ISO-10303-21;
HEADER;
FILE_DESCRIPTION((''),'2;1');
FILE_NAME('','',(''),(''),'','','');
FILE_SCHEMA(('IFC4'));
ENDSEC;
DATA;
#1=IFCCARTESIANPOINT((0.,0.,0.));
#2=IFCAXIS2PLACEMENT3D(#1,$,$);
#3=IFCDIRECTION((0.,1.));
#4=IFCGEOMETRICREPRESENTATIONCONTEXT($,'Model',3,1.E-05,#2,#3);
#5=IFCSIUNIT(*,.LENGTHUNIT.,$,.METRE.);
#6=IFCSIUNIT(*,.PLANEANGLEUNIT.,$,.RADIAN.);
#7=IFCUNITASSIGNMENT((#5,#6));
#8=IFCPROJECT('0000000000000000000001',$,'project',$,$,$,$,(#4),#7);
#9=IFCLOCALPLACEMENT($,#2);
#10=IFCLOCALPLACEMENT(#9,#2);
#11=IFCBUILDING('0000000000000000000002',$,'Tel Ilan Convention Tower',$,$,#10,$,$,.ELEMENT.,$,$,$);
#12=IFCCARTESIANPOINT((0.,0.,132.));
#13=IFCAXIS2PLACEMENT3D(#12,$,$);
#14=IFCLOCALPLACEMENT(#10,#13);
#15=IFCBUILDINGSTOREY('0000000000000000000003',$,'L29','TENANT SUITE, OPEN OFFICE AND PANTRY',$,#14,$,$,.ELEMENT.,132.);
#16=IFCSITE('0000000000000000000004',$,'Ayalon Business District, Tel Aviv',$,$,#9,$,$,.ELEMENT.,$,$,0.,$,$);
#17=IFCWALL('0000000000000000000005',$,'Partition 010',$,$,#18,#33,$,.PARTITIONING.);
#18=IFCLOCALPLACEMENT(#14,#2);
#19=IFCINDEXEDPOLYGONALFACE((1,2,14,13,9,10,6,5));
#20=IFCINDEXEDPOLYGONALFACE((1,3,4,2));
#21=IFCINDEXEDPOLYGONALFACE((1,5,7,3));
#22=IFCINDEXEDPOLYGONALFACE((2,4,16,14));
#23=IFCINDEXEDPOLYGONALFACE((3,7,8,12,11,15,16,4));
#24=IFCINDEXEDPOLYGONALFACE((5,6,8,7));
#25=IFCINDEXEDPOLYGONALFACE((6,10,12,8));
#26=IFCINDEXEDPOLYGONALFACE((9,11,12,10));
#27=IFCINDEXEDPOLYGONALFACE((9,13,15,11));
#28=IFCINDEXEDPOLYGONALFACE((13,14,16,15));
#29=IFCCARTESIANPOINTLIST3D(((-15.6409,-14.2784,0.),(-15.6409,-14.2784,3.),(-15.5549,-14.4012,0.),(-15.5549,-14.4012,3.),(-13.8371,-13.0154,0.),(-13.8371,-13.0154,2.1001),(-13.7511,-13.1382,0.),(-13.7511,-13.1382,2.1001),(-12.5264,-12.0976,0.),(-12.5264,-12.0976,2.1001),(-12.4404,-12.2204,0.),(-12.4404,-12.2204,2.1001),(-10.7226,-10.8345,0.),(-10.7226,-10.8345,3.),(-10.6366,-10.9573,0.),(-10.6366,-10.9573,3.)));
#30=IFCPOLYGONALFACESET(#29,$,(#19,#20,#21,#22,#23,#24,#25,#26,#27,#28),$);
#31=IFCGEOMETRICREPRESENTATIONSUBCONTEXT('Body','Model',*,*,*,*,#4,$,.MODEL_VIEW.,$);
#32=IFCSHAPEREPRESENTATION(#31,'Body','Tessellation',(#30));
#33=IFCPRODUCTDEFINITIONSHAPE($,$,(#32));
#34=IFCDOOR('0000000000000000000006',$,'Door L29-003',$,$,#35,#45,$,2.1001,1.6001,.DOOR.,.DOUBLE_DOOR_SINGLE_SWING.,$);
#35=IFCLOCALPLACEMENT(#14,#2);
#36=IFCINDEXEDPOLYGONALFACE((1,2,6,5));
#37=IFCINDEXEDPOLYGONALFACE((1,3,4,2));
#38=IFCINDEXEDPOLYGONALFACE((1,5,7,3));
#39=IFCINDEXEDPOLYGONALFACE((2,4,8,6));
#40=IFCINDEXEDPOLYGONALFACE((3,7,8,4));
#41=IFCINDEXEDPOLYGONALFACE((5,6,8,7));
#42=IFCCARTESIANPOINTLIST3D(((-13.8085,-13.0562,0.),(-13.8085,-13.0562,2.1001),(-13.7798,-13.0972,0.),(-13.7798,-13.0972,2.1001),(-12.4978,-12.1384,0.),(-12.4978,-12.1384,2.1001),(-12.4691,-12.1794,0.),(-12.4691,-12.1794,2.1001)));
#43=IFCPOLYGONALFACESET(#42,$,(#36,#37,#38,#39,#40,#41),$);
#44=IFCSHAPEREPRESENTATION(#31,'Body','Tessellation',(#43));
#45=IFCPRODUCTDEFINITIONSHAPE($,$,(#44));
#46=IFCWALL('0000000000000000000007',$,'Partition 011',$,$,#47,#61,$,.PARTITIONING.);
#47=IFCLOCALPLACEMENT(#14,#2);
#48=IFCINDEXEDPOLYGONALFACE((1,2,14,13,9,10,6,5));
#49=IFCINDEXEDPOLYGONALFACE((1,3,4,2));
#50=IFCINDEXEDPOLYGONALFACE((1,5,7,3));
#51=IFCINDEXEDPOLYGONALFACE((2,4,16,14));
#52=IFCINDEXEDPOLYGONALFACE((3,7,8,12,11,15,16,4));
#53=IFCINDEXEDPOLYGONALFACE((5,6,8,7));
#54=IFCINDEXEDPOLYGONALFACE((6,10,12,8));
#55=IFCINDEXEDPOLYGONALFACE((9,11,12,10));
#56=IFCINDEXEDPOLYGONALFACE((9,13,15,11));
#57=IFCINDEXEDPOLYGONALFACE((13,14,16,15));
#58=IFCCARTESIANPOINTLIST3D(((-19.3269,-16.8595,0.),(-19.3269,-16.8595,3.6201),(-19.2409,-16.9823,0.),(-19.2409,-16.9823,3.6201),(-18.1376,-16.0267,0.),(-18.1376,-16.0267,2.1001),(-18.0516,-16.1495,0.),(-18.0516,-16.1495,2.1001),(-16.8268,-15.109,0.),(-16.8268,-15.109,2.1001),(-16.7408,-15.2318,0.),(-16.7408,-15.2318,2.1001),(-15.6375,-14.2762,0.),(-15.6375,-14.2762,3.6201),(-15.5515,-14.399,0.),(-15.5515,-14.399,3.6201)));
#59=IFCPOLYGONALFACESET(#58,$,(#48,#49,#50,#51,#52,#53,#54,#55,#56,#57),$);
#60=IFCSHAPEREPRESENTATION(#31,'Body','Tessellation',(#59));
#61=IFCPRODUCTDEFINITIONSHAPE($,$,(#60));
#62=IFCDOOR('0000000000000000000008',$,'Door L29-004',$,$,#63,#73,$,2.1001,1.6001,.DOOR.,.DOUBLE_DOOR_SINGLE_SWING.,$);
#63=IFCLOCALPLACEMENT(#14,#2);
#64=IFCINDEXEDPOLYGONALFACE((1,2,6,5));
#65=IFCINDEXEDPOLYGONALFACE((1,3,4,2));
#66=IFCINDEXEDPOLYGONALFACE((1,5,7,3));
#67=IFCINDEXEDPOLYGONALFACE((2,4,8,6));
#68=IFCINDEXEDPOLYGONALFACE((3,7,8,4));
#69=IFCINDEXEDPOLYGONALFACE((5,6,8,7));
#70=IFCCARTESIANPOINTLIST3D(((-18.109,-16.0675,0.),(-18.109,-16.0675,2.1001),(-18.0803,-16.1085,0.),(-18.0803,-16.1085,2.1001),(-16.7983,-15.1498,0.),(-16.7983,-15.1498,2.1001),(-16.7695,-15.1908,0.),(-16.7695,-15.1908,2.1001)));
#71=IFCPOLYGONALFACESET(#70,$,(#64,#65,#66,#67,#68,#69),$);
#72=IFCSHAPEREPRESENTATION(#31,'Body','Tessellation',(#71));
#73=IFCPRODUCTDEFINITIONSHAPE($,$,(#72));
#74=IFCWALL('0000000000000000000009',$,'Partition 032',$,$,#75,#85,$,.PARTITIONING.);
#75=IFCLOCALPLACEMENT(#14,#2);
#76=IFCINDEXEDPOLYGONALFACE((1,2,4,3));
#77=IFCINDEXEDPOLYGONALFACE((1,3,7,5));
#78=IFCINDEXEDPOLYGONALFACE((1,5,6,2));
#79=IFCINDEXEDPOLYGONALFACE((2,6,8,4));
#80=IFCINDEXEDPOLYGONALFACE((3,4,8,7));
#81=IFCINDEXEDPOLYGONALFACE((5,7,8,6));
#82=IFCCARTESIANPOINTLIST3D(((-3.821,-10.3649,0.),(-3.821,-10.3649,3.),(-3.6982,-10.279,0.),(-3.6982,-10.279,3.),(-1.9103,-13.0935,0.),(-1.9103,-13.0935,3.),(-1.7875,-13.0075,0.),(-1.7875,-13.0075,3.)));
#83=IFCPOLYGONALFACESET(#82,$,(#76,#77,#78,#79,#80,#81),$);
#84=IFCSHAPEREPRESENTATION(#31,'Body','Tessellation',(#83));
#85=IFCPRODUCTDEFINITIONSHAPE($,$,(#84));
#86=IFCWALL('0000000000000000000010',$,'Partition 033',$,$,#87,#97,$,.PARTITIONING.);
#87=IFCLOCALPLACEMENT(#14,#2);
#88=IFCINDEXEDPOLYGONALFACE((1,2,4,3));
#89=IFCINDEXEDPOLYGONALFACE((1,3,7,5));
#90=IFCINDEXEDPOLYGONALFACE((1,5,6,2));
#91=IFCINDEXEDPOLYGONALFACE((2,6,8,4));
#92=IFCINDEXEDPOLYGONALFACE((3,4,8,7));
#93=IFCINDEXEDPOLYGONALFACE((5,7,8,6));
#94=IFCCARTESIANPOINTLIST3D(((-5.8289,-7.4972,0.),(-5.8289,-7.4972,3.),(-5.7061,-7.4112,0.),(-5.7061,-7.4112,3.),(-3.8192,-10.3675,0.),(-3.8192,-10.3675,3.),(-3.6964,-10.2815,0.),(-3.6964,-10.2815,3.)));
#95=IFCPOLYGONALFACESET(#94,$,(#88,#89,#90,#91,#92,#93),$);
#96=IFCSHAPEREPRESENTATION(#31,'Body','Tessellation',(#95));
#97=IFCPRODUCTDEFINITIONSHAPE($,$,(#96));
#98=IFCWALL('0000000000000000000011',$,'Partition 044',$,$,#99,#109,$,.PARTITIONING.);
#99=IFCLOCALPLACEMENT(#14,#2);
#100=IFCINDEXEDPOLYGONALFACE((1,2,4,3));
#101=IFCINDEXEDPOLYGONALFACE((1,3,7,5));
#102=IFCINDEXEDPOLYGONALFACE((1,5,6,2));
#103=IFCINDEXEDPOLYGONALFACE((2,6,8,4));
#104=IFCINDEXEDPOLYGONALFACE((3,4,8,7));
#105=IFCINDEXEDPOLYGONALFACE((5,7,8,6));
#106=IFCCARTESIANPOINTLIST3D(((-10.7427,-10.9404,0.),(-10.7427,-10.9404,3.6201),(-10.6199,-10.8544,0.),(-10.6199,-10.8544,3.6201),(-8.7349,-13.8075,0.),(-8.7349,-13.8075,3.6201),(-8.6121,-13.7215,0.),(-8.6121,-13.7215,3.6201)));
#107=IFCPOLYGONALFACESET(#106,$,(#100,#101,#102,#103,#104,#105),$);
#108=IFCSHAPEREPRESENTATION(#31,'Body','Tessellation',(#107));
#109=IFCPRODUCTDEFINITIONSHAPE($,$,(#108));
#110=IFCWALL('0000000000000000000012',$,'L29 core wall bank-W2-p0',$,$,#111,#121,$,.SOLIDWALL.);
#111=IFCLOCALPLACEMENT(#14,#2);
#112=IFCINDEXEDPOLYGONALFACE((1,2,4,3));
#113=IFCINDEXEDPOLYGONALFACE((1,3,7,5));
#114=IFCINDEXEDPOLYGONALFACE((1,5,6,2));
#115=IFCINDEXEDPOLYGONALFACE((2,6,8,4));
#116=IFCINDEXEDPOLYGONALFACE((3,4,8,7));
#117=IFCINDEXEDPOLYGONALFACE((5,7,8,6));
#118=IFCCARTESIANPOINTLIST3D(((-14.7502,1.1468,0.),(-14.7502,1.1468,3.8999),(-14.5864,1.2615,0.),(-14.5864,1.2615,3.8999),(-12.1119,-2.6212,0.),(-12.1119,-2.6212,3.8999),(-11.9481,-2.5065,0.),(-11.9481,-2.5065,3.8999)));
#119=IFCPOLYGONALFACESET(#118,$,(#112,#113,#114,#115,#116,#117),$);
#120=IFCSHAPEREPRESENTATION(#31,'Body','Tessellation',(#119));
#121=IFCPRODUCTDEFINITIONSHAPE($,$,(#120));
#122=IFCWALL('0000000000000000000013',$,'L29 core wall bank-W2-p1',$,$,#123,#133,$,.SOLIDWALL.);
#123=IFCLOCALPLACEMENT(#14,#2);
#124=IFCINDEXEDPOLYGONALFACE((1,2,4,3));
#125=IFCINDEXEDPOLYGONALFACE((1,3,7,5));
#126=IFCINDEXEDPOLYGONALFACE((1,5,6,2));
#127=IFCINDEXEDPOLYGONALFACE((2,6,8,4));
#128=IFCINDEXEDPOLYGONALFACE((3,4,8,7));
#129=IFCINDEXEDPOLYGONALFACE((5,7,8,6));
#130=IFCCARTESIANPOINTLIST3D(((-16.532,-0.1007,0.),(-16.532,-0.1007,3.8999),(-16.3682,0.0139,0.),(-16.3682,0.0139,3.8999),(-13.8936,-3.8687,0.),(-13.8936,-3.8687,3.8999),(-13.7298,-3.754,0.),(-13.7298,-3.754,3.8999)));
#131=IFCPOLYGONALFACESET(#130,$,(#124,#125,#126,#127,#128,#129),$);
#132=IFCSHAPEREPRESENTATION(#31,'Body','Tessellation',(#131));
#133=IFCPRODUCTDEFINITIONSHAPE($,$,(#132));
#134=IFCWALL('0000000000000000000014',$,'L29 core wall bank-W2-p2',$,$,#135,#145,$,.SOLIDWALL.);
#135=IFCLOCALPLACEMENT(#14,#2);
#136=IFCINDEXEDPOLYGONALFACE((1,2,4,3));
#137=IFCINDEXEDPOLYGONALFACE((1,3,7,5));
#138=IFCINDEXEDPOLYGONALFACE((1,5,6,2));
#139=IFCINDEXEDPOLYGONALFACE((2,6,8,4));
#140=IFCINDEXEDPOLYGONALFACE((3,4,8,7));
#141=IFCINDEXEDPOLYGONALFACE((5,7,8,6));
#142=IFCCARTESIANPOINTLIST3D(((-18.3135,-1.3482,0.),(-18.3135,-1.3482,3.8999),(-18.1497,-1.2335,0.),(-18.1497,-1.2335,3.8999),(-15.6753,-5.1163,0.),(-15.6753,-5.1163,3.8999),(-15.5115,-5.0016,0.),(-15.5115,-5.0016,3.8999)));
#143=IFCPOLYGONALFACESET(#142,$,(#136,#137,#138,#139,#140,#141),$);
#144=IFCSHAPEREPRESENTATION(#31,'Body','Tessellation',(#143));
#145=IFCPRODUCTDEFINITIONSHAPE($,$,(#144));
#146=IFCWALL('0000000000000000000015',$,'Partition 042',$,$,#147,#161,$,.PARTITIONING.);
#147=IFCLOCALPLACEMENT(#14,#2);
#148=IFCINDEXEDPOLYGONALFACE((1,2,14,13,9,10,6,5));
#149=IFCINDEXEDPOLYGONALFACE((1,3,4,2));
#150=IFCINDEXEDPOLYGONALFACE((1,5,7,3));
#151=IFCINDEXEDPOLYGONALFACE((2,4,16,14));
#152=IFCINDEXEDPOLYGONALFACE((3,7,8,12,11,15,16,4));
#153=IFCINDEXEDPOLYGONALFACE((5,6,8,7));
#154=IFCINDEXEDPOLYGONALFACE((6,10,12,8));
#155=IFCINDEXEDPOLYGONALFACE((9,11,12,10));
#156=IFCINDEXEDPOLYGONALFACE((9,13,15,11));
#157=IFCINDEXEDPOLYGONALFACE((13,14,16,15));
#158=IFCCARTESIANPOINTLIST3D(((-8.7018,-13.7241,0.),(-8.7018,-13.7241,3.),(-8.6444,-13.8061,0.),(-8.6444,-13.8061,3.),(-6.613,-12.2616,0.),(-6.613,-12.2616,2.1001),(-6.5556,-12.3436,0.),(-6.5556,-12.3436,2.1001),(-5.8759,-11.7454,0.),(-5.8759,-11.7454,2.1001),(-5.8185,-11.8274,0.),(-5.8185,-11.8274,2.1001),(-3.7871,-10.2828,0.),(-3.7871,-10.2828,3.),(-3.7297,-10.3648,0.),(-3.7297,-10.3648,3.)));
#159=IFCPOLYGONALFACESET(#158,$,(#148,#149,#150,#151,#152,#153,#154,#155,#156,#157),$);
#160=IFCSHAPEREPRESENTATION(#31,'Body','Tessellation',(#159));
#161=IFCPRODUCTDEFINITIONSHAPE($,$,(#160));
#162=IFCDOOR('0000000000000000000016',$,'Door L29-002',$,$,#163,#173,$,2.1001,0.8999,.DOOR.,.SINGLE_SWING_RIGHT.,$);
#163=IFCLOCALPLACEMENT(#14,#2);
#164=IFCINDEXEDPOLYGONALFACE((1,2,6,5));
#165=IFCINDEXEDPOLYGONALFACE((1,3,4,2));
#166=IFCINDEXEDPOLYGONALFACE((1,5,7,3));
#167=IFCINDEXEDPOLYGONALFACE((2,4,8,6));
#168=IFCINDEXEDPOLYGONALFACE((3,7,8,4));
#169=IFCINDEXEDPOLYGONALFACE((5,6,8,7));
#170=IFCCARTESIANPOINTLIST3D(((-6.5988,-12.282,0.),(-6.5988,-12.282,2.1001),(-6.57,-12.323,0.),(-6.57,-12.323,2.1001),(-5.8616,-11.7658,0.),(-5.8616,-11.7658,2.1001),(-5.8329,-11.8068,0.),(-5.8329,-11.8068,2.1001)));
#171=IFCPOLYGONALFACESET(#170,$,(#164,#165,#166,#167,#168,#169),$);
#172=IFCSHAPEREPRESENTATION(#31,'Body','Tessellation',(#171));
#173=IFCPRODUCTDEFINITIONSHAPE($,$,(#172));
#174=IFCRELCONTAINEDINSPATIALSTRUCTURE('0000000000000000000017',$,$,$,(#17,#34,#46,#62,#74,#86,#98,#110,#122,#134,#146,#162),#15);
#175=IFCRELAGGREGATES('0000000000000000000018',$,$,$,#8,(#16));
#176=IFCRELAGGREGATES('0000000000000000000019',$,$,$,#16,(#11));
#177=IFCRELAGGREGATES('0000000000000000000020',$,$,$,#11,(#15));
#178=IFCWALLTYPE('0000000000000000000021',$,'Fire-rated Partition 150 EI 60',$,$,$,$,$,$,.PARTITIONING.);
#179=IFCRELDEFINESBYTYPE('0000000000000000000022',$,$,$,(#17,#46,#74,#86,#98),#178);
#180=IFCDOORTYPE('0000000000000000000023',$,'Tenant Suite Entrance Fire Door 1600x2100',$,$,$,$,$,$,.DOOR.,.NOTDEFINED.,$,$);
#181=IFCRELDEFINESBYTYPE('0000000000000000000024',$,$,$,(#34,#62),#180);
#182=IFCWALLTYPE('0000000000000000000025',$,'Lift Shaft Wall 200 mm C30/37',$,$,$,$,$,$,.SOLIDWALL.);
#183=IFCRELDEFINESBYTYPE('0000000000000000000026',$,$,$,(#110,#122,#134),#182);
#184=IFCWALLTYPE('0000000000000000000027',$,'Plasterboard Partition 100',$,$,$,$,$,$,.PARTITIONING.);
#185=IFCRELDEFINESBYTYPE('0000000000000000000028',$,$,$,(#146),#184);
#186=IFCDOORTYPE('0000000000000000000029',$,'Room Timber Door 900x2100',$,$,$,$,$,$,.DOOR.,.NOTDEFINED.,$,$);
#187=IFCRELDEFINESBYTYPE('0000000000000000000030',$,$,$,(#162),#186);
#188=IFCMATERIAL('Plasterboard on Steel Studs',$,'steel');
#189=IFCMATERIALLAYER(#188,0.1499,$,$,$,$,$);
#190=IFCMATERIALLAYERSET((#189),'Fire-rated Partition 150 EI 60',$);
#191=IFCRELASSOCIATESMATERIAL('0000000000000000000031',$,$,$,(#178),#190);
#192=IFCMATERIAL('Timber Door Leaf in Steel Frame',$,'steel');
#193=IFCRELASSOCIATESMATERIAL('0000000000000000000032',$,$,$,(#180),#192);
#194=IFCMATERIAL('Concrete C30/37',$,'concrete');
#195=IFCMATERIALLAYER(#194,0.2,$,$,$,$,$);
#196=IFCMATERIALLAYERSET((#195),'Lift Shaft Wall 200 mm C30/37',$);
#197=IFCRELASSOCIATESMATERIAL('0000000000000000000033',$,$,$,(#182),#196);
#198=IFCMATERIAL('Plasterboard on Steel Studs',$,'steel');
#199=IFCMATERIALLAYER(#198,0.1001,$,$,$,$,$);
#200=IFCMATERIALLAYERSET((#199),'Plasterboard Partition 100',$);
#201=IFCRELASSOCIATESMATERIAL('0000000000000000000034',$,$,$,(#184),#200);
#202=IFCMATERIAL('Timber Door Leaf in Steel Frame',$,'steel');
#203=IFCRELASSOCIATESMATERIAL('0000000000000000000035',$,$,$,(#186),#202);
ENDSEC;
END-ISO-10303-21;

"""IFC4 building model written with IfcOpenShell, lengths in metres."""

from ifc_helpers import new_model, si_unit, direction, frame, frame_2d, origin, place, context, subcontext, project, spatial, rectangle, extrude, material, layer, layer_set, type_object, element, fill, save


model = new_model("IFC4")

# Units and contexts
model_context = context("Model", 3, precision=1e-05, world=origin(), true_north=direction((0.0, 1.0)))
body_context = subcontext(model_context, "Body", "Model", "MODEL_VIEW")
ifc_project = project(units=[si_unit("LENGTHUNIT", "METRE"), si_unit("PLANEANGLEUNIT", "RADIAN")], contexts=[model_context])

# Site, building, storey
site_placement = place(None, origin())
site = spatial("IfcSite", under=ifc_project, at=site_placement, Name="Ayalon Business District, Tel Aviv", CompositionType="ELEMENT", RefElevation=0.0)
building_placement = place(site_placement, origin())
building = spatial("IfcBuilding", under=site, at=building_placement, Name="Tel Ilan Convention Tower", CompositionType="ELEMENT")
storey_placement = place(building_placement, frame((0.0, 0.0, 132.0)))
storey = spatial("IfcBuildingStorey", under=building, at=storey_placement, Name="L29", Description="TENANT SUITE, OPEN OFFICE AND PANTRY", CompositionType="ELEMENT", Elevation=132.0)

# Walls, openings, doors
ifc_material_1 = material(Name="Plasterboard on Steel Studs", Category="steel")
ifc_layer_1 = layer(ifc_material_1, 0.1499)
ifc_layer_set_1 = layer_set([ifc_layer_1], Name="Fire-rated Partition 150 EI 60")
wall_type_1 = type_object("IfcWallType", Name="Fire-rated Partition 150 EI 60", PredefinedType="PARTITIONING", material=ifc_layer_set_1)
ifc_material_2 = material(Name="Timber Door Leaf in Steel Frame", Category="steel")
door_type_1 = type_object("IfcDoorType", Name="Tenant Suite Entrance Fire Door 1600x2100", OperationType="NOTDEFINED", PredefinedType="DOOR", material=ifc_material_2)
wall_1_placement = place(storey_placement, frame((-10.6797, -10.896, 0.0), z_axis=(0.0, 0.0, 1.0), x_axis=(-0.819146, -0.573585, 0.0)))
wall_1 = element("IfcWall", 1, at=wall_1_placement, inside=storey, type_object=wall_type_1, Name="Partition 010", PredefinedType="PARTITIONING", context=body_context, shape_type="SweptSolid", body=[
    extrude(rectangle(XDim=6.0042, YDim=0.1499, at=frame_2d((3.002, 0.0))), origin(), (0.0, 0.0, 1.0), 3.0),
])
opening_1_placement = place(wall_1_placement, frame((2.2019, 0.0, 0.0)))
opening_1 = element("IfcOpeningElement", 2, at=opening_1_placement, cuts=wall_1, PredefinedType="OPENING", context=body_context, shape_type="SweptSolid", body=[
    extrude(rectangle(XDim=1.6001, YDim=2.1001, at=frame_2d((0.8, 1.05))), frame((0.0, 0.085, 0.0), z_axis=(0.0, -1.0, 0.0), x_axis=(1.0, 0.0, 0.0)), (0.0, 0.0, 1.0), 0.1699),
])
door_1_placement = place(opening_1_placement, origin())
door_1 = element("IfcDoor", 3, at=door_1_placement, inside=storey, type_object=door_type_1, Name="Door L29-003", OperationType="DOUBLE_DOOR_SINGLE_SWING", OverallHeight=2.1001, OverallWidth=1.6001, PredefinedType="DOOR", context=body_context, shape_type="SweptSolid", body=[
    extrude(rectangle(XDim=1.6001, YDim=2.1001, at=frame_2d((0.8, 1.05))), frame((0.0, 0.0249, 0.0), z_axis=(0.0, -1.0, 0.0), x_axis=(1.0, 0.0, 0.0)), (0.0, 0.0, 1.0), 0.05),
])
fill(opening_1, door_1)
wall_2_placement = place(storey_placement, frame((-15.5945, -14.3376, 0.0), z_axis=(0.0, 0.0, 1.0), x_axis=(-0.819166, -0.573557, 0.0)))
wall_2 = element("IfcWall", 4, at=wall_2_placement, inside=storey, type_object=wall_type_1, Name="Partition 011", PredefinedType="PARTITIONING", context=body_context, shape_type="SweptSolid", body=[
    extrude(rectangle(XDim=4.5039, YDim=0.1499, at=frame_2d((2.252, 0.0))), origin(), (0.0, 0.0, 1.0), 3.6201),
])
opening_2_placement = place(wall_2_placement, frame((1.4519, 0.0, 0.0)))
opening_2 = element("IfcOpeningElement", 5, at=opening_2_placement, cuts=wall_2, PredefinedType="OPENING", context=body_context, shape_type="SweptSolid", body=[
    extrude(rectangle(XDim=1.6001, YDim=2.1001, at=frame_2d((0.8, 1.05))), frame((0.0, 0.085, 0.0), z_axis=(0.0, -1.0, 0.0), x_axis=(1.0, 0.0, 0.0)), (0.0, 0.0, 1.0), 0.1699),
])
door_2_placement = place(opening_2_placement, origin())
door_2 = element("IfcDoor", 6, at=door_2_placement, inside=storey, type_object=door_type_1, Name="Door L29-004", OperationType="DOUBLE_DOOR_SINGLE_SWING", OverallHeight=2.1001, OverallWidth=1.6001, PredefinedType="DOOR", context=body_context, shape_type="SweptSolid", body=[
    extrude(rectangle(XDim=1.6001, YDim=2.1001, at=frame_2d((0.8, 1.05))), frame((0.0, 0.0249, 0.0), z_axis=(0.0, -1.0, 0.0), x_axis=(1.0, 0.0, 0.0)), (0.0, 0.0, 1.0), 0.05),
])
fill(opening_2, door_2)

# Walls
wall_3_placement = place(storey_placement, frame((-1.8489, -13.0505, 0.0), z_axis=(0.0, 0.0, 1.0), x_axis=(-0.5736, 0.819135, 0.0)))
element("IfcWall", 7, at=wall_3_placement, inside=storey, type_object=wall_type_1, Name="Partition 032", PredefinedType="PARTITIONING", context=body_context, shape_type="SweptSolid", body=[
    extrude(rectangle(XDim=3.3311, YDim=0.1499, at=frame_2d((1.6655, 0.0))), origin(), (0.0, 0.0, 1.0), 3.0),
])
wall_4_placement = place(storey_placement, frame((-3.7578, -10.3245, 0.0), z_axis=(0.0, 0.0, 1.0), x_axis=(-0.573561, 0.819163, 0.0)))
element("IfcWall", 8, at=wall_4_placement, inside=storey, type_object=wall_type_1, Name="Partition 033", PredefinedType="PARTITIONING", context=body_context, shape_type="SweptSolid", body=[
    extrude(rectangle(XDim=3.5039, YDim=0.1499, at=frame_2d((1.752, 0.0))), origin(), (0.0, 0.0, 1.0), 3.0),
])
wall_5_placement = place(storey_placement, frame((-8.6736, -13.7644, 0.0), z_axis=(0.0, 0.0, 1.0), x_axis=(-0.573612, 0.819127, 0.0)))
element("IfcWall", 9, at=wall_5_placement, inside=storey, type_object=wall_type_1, Name="Partition 044", PredefinedType="PARTITIONING", context=body_context, shape_type="SweptSolid", body=[
    extrude(rectangle(XDim=3.5002, YDim=0.1499, at=frame_2d((1.75, 0.0))), origin(), (0.0, 0.0, 1.0), 3.6201),
])
ifc_material_3 = material(Name="Concrete C30/37", Category="concrete")
ifc_layer_2 = layer(ifc_material_3, 0.2)
ifc_layer_set_2 = layer_set([ifc_layer_2], Name="Lift Shaft Wall 200 mm C30/37")
wall_type_2 = type_object("IfcWallType", Name="Lift Shaft Wall 200 mm C30/37", PredefinedType="SOLIDWALL", material=ifc_layer_set_2)
for number, where, z_axis, x_axis, name in (
    (10, (-12.03, -2.5637, 0.0), (0.0, 0.0, 1.0), (-0.573576, 0.819152, 0.0), "L29 core wall bank-W2-p0"),
    (11, (-13.8118, -3.8113, 0.0), (0.0, 0.0, 1.0), (-0.573576, 0.819152, 0.0), "L29 core wall bank-W2-p1"),
    (12, (-15.5935, -5.0588, 0.0), (0.0, 0.0, 1.0), (-0.573541, 0.819177, 0.0), "L29 core wall bank-W2-p2"),
):
    element("IfcWall", number, at=place(storey_placement, frame(where, z_axis=z_axis, x_axis=x_axis)), inside=storey, type_object=wall_type_2, Name=name, PredefinedType="SOLIDWALL", context=body_context, shape_type="SweptSolid", body=[
        extrude(rectangle(XDim=4.5999, YDim=0.2, at=frame_2d((2.2998, 0.0))), origin(), (0.0, 0.0, 1.0), 3.8999),
    ])

# Wall, opening, door
ifc_material_4 = material(Name="Plasterboard on Steel Studs", Category="steel")
ifc_layer_3 = layer(ifc_material_4, 0.1001)
ifc_layer_set_3 = layer_set([ifc_layer_3], Name="Plasterboard Partition 100")
wall_type_3 = type_object("IfcWallType", Name="Plasterboard Partition 100", PredefinedType="PARTITIONING", material=ifc_layer_set_3)
wall_6_placement = place(storey_placement, frame((-3.7583, -10.3237, 0.0), z_axis=(0.0, 0.0, 1.0), x_axis=(-0.81915, -0.57358, 0.0)))
wall_6 = element("IfcWall", 13, at=wall_6_placement, inside=storey, type_object=wall_type_3, Name="Partition 042", PredefinedType="PARTITIONING", context=body_context, shape_type="SweptSolid", body=[
    extrude(rectangle(XDim=5.9998, YDim=0.1001, at=frame_2d((3.0, 0.0))), origin(), (0.0, 0.0, 1.0), 3.0),
])
opening_3_placement = place(wall_6_placement, frame((2.55, 0.0, 0.0)))
opening_3 = element("IfcOpeningElement", 14, at=opening_3_placement, cuts=wall_6, PredefinedType="OPENING", context=body_context, shape_type="SweptSolid", body=[
    extrude(rectangle(XDim=0.8999, YDim=2.1001, at=frame_2d((0.45, 1.05))), frame((0.0, 0.0601, 0.0), z_axis=(0.0, -1.0, 0.0), x_axis=(1.0, 0.0, 0.0)), (0.0, 0.0, 1.0), 0.1201),
])
ifc_material_5 = material(Name="Timber Door Leaf in Steel Frame", Category="steel")
door_type_2 = type_object("IfcDoorType", Name="Room Timber Door 900x2100", OperationType="NOTDEFINED", PredefinedType="DOOR", material=ifc_material_5)
door_3_placement = place(opening_3_placement, origin())
door_3 = element("IfcDoor", 15, at=door_3_placement, inside=storey, type_object=door_type_2, Name="Door L29-002", OperationType="SINGLE_SWING_RIGHT", OverallHeight=2.1001, OverallWidth=0.8999, PredefinedType="DOOR", context=body_context, shape_type="SweptSolid", body=[
    extrude(rectangle(XDim=0.8999, YDim=2.1001, at=frame_2d((0.45, 1.05))), frame((0.0, 0.0249, 0.0), z_axis=(0.0, -1.0, 0.0), x_axis=(1.0, 0.0, 0.0)), (0.0, 0.0, 1.0), 0.05),
])
fill(opening_3, door_3)

save(model, "model.ifc")
